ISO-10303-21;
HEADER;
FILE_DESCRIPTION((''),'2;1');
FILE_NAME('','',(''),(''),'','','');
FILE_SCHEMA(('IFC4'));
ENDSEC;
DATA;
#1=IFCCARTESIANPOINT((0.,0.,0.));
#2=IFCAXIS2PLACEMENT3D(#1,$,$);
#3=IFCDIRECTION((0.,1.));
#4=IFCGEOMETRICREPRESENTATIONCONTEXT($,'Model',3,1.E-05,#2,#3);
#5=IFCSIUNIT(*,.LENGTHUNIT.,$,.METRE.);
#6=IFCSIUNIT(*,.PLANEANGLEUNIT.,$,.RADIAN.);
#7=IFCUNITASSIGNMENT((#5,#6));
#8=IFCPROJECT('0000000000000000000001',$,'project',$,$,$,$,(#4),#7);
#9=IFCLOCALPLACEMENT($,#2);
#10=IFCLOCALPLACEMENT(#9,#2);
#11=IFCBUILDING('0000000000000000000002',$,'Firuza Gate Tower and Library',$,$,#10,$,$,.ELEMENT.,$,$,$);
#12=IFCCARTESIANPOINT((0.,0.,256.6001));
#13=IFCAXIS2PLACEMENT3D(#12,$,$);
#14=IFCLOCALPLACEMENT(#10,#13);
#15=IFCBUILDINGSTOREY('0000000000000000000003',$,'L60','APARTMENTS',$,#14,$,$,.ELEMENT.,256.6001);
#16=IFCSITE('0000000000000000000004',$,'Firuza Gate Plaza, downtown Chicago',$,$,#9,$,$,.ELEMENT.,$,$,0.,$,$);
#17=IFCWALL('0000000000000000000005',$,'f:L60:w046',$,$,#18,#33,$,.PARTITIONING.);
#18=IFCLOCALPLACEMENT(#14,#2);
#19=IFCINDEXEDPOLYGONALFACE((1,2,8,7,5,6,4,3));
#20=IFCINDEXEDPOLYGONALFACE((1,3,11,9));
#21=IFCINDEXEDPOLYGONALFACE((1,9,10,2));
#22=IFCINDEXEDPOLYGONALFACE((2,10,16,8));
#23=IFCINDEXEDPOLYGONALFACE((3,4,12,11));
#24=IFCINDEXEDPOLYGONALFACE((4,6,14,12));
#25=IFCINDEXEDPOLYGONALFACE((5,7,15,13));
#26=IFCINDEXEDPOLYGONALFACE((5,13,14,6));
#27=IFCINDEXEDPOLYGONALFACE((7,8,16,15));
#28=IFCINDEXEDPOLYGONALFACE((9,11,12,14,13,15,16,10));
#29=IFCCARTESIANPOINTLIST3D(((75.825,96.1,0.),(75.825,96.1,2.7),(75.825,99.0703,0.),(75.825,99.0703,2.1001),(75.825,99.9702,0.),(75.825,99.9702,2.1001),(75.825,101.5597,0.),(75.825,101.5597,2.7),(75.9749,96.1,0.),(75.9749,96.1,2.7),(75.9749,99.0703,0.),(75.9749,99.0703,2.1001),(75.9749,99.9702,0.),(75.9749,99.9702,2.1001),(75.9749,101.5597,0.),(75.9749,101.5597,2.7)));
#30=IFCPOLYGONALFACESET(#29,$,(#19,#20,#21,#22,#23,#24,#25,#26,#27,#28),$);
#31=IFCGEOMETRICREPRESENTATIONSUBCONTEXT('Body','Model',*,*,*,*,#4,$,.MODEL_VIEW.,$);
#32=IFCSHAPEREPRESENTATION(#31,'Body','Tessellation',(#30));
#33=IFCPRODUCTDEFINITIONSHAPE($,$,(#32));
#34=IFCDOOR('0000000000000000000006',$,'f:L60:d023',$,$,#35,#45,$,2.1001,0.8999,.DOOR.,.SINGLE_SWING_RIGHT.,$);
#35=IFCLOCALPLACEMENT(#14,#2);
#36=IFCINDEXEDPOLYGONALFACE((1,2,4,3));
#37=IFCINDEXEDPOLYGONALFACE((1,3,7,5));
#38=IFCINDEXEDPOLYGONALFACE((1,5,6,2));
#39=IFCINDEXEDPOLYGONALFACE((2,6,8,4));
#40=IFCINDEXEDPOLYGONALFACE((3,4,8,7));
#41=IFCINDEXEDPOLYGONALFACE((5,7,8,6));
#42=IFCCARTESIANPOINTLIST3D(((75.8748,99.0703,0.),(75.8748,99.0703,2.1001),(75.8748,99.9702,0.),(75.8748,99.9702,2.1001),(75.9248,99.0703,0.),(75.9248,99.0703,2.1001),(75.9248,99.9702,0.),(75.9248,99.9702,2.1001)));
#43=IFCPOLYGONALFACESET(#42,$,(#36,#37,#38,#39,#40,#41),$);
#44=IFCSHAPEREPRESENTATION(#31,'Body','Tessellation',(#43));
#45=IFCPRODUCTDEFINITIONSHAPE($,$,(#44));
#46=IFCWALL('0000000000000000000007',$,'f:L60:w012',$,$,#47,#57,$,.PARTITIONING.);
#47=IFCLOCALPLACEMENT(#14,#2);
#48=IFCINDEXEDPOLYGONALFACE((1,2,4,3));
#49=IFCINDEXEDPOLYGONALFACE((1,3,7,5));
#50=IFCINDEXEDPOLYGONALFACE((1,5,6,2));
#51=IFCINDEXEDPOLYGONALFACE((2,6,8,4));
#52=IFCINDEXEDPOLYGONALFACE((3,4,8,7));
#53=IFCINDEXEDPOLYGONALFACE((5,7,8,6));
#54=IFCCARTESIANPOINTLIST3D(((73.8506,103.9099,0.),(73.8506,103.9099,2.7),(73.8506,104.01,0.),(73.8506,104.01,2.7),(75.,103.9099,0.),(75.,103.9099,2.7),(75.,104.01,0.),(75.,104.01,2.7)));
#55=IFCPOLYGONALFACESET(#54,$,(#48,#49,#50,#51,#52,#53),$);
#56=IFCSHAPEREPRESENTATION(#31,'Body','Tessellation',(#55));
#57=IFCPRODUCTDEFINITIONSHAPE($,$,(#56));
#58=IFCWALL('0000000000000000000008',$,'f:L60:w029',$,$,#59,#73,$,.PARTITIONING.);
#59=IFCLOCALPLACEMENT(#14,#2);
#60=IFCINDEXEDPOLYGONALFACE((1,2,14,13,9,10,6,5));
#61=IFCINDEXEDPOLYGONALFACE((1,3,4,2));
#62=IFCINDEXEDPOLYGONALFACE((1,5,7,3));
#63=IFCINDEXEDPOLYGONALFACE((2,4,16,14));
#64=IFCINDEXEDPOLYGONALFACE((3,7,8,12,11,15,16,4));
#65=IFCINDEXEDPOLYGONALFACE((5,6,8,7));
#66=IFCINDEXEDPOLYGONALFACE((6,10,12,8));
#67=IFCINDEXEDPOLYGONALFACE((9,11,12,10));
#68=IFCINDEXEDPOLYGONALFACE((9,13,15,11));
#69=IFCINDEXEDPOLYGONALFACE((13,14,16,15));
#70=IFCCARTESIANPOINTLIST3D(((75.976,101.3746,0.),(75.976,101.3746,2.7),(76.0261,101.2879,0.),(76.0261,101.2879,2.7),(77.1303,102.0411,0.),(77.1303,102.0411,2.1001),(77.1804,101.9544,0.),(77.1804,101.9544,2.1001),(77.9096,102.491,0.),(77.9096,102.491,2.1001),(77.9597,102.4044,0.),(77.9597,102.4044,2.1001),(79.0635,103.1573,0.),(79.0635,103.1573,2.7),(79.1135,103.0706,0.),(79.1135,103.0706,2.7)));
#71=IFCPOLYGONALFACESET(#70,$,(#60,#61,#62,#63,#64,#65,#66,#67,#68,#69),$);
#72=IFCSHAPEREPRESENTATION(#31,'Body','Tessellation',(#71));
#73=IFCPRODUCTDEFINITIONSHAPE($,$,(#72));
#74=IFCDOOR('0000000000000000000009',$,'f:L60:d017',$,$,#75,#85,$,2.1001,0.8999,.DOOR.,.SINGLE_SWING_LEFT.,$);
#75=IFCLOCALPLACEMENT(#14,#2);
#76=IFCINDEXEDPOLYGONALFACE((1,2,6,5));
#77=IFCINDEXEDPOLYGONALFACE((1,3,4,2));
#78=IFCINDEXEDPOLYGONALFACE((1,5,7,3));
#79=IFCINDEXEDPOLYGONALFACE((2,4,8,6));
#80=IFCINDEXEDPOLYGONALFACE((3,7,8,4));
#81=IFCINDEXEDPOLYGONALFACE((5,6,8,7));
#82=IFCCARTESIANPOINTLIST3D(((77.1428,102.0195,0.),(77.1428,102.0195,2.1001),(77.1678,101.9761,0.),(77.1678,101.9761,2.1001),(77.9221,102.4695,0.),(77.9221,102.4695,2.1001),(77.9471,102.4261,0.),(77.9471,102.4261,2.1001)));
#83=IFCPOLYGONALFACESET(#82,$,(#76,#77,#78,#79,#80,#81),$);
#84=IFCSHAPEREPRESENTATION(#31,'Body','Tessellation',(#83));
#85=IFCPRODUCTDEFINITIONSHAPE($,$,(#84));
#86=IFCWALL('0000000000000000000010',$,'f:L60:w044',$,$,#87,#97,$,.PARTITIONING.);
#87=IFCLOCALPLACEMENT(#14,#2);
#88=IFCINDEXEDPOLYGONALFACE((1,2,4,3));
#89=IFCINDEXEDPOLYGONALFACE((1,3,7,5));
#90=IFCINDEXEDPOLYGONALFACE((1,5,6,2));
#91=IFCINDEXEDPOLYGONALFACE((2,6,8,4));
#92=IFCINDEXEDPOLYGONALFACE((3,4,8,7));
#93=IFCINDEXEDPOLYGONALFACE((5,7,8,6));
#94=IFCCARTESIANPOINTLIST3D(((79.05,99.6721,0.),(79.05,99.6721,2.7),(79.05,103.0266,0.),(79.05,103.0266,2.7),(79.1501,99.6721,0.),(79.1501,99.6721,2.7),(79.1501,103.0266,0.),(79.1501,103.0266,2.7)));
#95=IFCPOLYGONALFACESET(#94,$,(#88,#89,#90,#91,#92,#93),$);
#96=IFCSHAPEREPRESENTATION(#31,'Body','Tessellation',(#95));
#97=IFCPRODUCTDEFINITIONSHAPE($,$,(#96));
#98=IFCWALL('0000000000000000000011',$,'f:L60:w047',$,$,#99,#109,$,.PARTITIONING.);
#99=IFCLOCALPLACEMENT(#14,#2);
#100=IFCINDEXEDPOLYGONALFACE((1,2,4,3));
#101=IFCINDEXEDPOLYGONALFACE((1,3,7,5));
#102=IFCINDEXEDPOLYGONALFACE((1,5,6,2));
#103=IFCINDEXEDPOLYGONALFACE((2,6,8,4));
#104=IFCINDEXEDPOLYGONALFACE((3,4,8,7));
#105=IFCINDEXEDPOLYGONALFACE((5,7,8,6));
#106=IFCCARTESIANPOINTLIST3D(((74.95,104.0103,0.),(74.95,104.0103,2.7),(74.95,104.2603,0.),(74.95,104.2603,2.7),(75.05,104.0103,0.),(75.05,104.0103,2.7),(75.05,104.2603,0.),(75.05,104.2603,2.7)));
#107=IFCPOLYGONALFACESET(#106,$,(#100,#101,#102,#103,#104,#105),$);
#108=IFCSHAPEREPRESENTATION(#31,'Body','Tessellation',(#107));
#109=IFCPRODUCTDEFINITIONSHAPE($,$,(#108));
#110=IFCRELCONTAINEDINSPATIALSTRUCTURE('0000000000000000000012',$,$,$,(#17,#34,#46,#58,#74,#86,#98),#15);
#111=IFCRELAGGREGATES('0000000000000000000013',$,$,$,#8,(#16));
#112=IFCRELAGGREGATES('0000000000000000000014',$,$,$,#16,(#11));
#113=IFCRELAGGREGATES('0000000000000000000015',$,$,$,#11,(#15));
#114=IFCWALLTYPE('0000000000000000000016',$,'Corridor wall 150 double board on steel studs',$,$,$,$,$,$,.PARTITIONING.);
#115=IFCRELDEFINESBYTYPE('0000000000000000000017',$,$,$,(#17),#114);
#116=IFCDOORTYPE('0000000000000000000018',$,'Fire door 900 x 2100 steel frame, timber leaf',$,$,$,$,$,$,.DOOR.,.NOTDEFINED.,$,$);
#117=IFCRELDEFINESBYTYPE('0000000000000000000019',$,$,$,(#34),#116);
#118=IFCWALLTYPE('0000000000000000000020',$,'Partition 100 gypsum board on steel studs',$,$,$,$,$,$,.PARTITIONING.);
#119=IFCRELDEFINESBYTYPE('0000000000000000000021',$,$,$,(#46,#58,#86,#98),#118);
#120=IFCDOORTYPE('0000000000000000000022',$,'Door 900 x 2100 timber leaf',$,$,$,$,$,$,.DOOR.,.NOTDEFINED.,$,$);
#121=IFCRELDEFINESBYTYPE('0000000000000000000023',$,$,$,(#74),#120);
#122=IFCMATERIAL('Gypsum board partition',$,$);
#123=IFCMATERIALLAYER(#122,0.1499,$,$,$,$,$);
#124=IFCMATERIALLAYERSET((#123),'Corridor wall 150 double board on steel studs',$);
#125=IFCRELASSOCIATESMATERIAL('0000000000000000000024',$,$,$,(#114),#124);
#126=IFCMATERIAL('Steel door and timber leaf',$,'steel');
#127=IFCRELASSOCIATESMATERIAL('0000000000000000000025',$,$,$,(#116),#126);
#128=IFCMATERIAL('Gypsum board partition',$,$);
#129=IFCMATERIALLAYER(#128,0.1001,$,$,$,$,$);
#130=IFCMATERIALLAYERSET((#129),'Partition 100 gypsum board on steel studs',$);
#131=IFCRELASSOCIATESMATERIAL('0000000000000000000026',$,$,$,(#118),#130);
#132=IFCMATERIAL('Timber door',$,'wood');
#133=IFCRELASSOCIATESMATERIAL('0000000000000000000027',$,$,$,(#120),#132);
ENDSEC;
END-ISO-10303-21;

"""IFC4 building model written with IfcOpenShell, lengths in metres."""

from ifc_helpers import new_model, si_unit, direction, frame, frame_2d, origin, place, context, subcontext, project, spatial, rectangle, extrude, material, layer, layer_set, type_object, element, fill, save


model = new_model("IFC4")

# Units and contexts
model_context = context("Model", 3, precision=1e-05, world=origin(), true_north=direction((0.0, 1.0)))
body_context = subcontext(model_context, "Body", "Model", "MODEL_VIEW")
ifc_project = project(units=[si_unit("LENGTHUNIT", "METRE"), si_unit("PLANEANGLEUNIT", "RADIAN")], contexts=[model_context])

# Site, building, storey
site_placement = place(None, origin())
site = spatial("IfcSite", under=ifc_project, at=site_placement, Name="Firuza Gate Plaza, downtown Chicago", CompositionType="ELEMENT", RefElevation=0.0)
building_placement = place(site_placement, origin())
building = spatial("IfcBuilding", under=site, at=building_placement, Name="Firuza Gate Tower and Library", CompositionType="ELEMENT")
storey_placement = place(building_placement, frame((0.0, 0.0, 256.6001)))
storey = spatial("IfcBuildingStorey", under=building, at=storey_placement, Name="L60", Description="APARTMENTS", CompositionType="ELEMENT", Elevation=256.6001)

# Shared definitions
ifc_material_1 = material(Name="Gypsum board partition")
ifc_layer_1 = layer(ifc_material_1, 0.1499)
ifc_layer_set_1 = layer_set([ifc_layer_1], Name="Corridor wall 150 double board on steel studs")
wall_type_1 = type_object("IfcWallType", Name="Corridor wall 150 double board on steel studs", PredefinedType="PARTITIONING", material=ifc_layer_set_1)

# Wall, opening, door
wall_1_placement = place(storey_placement, frame((75.8999, 101.5598, 0.0), z_axis=(0.0, 0.0, 1.0), x_axis=(0.0, -1.0, 0.0)))
wall_1 = element("IfcWall", 1, at=wall_1_placement, inside=storey, type_object=wall_type_1, Name="f:L60:w046", PredefinedType="PARTITIONING", context=body_context, shape_type="SweptSolid", body=[
    extrude(rectangle(XDim=5.4597, YDim=0.1499, at=frame_2d((2.73, 0.0))), origin(), (0.0, 0.0, 1.0), 2.7),
])
opening_1_placement = place(wall_1_placement, frame((1.5896, 0.0, 0.0)))
opening_1 = element("IfcOpeningElement", 2, at=opening_1_placement, cuts=wall_1, PredefinedType="OPENING", context=body_context, shape_type="SweptSolid", body=[
    extrude(rectangle(XDim=0.8999, YDim=2.1001, at=frame_2d((0.45, 1.05))), frame((0.0, 0.085, 0.0), z_axis=(0.0, -1.0, 0.0), x_axis=(1.0, 0.0, 0.0)), (0.0, 0.0, 1.0), 0.1699),
])
ifc_material_2 = material(Name="Steel door and timber leaf", Category="steel")
door_type_1 = type_object("IfcDoorType", Name="Fire door 900 x 2100 steel frame, timber leaf", OperationType="NOTDEFINED", PredefinedType="DOOR", material=ifc_material_2)
door_1_placement = place(opening_1_placement, origin())
door_1 = element("IfcDoor", 3, at=door_1_placement, inside=storey, type_object=door_type_1, Name="f:L60:d023", OperationType="SINGLE_SWING_RIGHT", OverallHeight=2.1001, OverallWidth=0.8999, PredefinedType="DOOR", context=body_context, shape_type="SweptSolid", body=[
    extrude(rectangle(XDim=0.8999, YDim=2.1001, at=frame_2d((0.45, 1.05))), frame((0.0, 0.0249, 0.0), z_axis=(0.0, -1.0, 0.0), x_axis=(1.0, 0.0, 0.0)), (0.0, 0.0, 1.0), 0.05),
])
fill(opening_1, door_1)

# Wall
ifc_material_3 = material(Name="Gypsum board partition")
ifc_layer_2 = layer(ifc_material_3, 0.1001)
ifc_layer_set_2 = layer_set([ifc_layer_2], Name="Partition 100 gypsum board on steel studs")
wall_type_2 = type_object("IfcWallType", Name="Partition 100 gypsum board on steel studs", PredefinedType="PARTITIONING", material=ifc_layer_set_2)
wall_2_placement = place(storey_placement, frame((73.8506, 103.96, 0.0), z_axis=(0.0, 0.0, 1.0), x_axis=(1.0, 0.0, 0.0)))
element("IfcWall", 4, at=wall_2_placement, inside=storey, type_object=wall_type_2, Name="f:L60:w012", PredefinedType="PARTITIONING", context=body_context, shape_type="SweptSolid", body=[
    extrude(rectangle(XDim=1.1494, YDim=0.1001, at=frame_2d((0.5747, 0.0))), origin(), (0.0, 0.0, 1.0), 2.7),
])

# Wall, opening, door
wall_3_placement = place(storey_placement, frame((79.0886, 103.114, 0.0), z_axis=(0.0, 0.0, 1.0), x_axis=(-0.866001, -0.500043, 0.0)))
wall_3 = element("IfcWall", 5, at=wall_3_placement, inside=storey, type_object=wall_type_2, Name="f:L60:w029", PredefinedType="PARTITIONING", context=body_context, shape_type="SweptSolid", body=[
    extrude(rectangle(XDim=3.5652, YDim=0.1001, at=frame_2d((1.7827, 0.0))), origin(), (0.0, 0.0, 1.0), 2.7),
])
opening_2_placement = place(wall_3_placement, frame((1.3325, 0.0, 0.0)))
opening_2 = element("IfcOpeningElement", 6, at=opening_2_placement, cuts=wall_3, PredefinedType="OPENING", context=body_context, shape_type="SweptSolid", body=[
    extrude(rectangle(XDim=0.8999, YDim=2.1001, at=frame_2d((0.45, 1.05))), frame((0.0, 0.0601, 0.0), z_axis=(0.0, -1.0, 0.0), x_axis=(1.0, 0.0, 0.0)), (0.0, 0.0, 1.0), 0.1201),
])
ifc_material_4 = material(Name="Timber door", Category="wood")
door_type_2 = type_object("IfcDoorType", Name="Door 900 x 2100 timber leaf", OperationType="NOTDEFINED", PredefinedType="DOOR", material=ifc_material_4)
door_2_placement = place(opening_2_placement, origin())
door_2 = element("IfcDoor", 7, at=door_2_placement, inside=storey, type_object=door_type_2, Name="f:L60:d017", OperationType="SINGLE_SWING_LEFT", OverallHeight=2.1001, OverallWidth=0.8999, PredefinedType="DOOR", context=body_context, shape_type="SweptSolid", body=[
    extrude(rectangle(XDim=0.8999, YDim=2.1001, at=frame_2d((0.45, 1.05))), frame((0.0, 0.0249, 0.0), z_axis=(0.0, -1.0, 0.0), x_axis=(1.0, 0.0, 0.0)), (0.0, 0.0, 1.0), 0.05),
])
fill(opening_2, door_2)

# Walls
wall_4_placement = place(storey_placement, frame((79.1001, 99.6721, 0.0), z_axis=(0.0, 0.0, 1.0), x_axis=(0.0, 1.0, 0.0)))
element("IfcWall", 8, at=wall_4_placement, inside=storey, type_object=wall_type_2, Name="f:L60:w044", PredefinedType="PARTITIONING", context=body_context, shape_type="SweptSolid", body=[
    extrude(rectangle(XDim=3.3545, YDim=0.1001, at=frame_2d((1.6772, 0.0))), origin(), (0.0, 0.0, 1.0), 2.7),
])
wall_5_placement = place(storey_placement, frame((75.0, 104.0103, 0.0), z_axis=(0.0, 0.0, 1.0), x_axis=(0.0, 1.0, 0.0)))
element("IfcWall", 9, at=wall_5_placement, inside=storey, type_object=wall_type_2, Name="f:L60:w047", PredefinedType="PARTITIONING", context=body_context, shape_type="SweptSolid", body=[
    extrude(rectangle(XDim=0.25, YDim=0.1001, at=frame_2d((0.125, 0.0))), origin(), (0.0, 0.0, 1.0), 2.7),
])

save(model, "model.ifc")
